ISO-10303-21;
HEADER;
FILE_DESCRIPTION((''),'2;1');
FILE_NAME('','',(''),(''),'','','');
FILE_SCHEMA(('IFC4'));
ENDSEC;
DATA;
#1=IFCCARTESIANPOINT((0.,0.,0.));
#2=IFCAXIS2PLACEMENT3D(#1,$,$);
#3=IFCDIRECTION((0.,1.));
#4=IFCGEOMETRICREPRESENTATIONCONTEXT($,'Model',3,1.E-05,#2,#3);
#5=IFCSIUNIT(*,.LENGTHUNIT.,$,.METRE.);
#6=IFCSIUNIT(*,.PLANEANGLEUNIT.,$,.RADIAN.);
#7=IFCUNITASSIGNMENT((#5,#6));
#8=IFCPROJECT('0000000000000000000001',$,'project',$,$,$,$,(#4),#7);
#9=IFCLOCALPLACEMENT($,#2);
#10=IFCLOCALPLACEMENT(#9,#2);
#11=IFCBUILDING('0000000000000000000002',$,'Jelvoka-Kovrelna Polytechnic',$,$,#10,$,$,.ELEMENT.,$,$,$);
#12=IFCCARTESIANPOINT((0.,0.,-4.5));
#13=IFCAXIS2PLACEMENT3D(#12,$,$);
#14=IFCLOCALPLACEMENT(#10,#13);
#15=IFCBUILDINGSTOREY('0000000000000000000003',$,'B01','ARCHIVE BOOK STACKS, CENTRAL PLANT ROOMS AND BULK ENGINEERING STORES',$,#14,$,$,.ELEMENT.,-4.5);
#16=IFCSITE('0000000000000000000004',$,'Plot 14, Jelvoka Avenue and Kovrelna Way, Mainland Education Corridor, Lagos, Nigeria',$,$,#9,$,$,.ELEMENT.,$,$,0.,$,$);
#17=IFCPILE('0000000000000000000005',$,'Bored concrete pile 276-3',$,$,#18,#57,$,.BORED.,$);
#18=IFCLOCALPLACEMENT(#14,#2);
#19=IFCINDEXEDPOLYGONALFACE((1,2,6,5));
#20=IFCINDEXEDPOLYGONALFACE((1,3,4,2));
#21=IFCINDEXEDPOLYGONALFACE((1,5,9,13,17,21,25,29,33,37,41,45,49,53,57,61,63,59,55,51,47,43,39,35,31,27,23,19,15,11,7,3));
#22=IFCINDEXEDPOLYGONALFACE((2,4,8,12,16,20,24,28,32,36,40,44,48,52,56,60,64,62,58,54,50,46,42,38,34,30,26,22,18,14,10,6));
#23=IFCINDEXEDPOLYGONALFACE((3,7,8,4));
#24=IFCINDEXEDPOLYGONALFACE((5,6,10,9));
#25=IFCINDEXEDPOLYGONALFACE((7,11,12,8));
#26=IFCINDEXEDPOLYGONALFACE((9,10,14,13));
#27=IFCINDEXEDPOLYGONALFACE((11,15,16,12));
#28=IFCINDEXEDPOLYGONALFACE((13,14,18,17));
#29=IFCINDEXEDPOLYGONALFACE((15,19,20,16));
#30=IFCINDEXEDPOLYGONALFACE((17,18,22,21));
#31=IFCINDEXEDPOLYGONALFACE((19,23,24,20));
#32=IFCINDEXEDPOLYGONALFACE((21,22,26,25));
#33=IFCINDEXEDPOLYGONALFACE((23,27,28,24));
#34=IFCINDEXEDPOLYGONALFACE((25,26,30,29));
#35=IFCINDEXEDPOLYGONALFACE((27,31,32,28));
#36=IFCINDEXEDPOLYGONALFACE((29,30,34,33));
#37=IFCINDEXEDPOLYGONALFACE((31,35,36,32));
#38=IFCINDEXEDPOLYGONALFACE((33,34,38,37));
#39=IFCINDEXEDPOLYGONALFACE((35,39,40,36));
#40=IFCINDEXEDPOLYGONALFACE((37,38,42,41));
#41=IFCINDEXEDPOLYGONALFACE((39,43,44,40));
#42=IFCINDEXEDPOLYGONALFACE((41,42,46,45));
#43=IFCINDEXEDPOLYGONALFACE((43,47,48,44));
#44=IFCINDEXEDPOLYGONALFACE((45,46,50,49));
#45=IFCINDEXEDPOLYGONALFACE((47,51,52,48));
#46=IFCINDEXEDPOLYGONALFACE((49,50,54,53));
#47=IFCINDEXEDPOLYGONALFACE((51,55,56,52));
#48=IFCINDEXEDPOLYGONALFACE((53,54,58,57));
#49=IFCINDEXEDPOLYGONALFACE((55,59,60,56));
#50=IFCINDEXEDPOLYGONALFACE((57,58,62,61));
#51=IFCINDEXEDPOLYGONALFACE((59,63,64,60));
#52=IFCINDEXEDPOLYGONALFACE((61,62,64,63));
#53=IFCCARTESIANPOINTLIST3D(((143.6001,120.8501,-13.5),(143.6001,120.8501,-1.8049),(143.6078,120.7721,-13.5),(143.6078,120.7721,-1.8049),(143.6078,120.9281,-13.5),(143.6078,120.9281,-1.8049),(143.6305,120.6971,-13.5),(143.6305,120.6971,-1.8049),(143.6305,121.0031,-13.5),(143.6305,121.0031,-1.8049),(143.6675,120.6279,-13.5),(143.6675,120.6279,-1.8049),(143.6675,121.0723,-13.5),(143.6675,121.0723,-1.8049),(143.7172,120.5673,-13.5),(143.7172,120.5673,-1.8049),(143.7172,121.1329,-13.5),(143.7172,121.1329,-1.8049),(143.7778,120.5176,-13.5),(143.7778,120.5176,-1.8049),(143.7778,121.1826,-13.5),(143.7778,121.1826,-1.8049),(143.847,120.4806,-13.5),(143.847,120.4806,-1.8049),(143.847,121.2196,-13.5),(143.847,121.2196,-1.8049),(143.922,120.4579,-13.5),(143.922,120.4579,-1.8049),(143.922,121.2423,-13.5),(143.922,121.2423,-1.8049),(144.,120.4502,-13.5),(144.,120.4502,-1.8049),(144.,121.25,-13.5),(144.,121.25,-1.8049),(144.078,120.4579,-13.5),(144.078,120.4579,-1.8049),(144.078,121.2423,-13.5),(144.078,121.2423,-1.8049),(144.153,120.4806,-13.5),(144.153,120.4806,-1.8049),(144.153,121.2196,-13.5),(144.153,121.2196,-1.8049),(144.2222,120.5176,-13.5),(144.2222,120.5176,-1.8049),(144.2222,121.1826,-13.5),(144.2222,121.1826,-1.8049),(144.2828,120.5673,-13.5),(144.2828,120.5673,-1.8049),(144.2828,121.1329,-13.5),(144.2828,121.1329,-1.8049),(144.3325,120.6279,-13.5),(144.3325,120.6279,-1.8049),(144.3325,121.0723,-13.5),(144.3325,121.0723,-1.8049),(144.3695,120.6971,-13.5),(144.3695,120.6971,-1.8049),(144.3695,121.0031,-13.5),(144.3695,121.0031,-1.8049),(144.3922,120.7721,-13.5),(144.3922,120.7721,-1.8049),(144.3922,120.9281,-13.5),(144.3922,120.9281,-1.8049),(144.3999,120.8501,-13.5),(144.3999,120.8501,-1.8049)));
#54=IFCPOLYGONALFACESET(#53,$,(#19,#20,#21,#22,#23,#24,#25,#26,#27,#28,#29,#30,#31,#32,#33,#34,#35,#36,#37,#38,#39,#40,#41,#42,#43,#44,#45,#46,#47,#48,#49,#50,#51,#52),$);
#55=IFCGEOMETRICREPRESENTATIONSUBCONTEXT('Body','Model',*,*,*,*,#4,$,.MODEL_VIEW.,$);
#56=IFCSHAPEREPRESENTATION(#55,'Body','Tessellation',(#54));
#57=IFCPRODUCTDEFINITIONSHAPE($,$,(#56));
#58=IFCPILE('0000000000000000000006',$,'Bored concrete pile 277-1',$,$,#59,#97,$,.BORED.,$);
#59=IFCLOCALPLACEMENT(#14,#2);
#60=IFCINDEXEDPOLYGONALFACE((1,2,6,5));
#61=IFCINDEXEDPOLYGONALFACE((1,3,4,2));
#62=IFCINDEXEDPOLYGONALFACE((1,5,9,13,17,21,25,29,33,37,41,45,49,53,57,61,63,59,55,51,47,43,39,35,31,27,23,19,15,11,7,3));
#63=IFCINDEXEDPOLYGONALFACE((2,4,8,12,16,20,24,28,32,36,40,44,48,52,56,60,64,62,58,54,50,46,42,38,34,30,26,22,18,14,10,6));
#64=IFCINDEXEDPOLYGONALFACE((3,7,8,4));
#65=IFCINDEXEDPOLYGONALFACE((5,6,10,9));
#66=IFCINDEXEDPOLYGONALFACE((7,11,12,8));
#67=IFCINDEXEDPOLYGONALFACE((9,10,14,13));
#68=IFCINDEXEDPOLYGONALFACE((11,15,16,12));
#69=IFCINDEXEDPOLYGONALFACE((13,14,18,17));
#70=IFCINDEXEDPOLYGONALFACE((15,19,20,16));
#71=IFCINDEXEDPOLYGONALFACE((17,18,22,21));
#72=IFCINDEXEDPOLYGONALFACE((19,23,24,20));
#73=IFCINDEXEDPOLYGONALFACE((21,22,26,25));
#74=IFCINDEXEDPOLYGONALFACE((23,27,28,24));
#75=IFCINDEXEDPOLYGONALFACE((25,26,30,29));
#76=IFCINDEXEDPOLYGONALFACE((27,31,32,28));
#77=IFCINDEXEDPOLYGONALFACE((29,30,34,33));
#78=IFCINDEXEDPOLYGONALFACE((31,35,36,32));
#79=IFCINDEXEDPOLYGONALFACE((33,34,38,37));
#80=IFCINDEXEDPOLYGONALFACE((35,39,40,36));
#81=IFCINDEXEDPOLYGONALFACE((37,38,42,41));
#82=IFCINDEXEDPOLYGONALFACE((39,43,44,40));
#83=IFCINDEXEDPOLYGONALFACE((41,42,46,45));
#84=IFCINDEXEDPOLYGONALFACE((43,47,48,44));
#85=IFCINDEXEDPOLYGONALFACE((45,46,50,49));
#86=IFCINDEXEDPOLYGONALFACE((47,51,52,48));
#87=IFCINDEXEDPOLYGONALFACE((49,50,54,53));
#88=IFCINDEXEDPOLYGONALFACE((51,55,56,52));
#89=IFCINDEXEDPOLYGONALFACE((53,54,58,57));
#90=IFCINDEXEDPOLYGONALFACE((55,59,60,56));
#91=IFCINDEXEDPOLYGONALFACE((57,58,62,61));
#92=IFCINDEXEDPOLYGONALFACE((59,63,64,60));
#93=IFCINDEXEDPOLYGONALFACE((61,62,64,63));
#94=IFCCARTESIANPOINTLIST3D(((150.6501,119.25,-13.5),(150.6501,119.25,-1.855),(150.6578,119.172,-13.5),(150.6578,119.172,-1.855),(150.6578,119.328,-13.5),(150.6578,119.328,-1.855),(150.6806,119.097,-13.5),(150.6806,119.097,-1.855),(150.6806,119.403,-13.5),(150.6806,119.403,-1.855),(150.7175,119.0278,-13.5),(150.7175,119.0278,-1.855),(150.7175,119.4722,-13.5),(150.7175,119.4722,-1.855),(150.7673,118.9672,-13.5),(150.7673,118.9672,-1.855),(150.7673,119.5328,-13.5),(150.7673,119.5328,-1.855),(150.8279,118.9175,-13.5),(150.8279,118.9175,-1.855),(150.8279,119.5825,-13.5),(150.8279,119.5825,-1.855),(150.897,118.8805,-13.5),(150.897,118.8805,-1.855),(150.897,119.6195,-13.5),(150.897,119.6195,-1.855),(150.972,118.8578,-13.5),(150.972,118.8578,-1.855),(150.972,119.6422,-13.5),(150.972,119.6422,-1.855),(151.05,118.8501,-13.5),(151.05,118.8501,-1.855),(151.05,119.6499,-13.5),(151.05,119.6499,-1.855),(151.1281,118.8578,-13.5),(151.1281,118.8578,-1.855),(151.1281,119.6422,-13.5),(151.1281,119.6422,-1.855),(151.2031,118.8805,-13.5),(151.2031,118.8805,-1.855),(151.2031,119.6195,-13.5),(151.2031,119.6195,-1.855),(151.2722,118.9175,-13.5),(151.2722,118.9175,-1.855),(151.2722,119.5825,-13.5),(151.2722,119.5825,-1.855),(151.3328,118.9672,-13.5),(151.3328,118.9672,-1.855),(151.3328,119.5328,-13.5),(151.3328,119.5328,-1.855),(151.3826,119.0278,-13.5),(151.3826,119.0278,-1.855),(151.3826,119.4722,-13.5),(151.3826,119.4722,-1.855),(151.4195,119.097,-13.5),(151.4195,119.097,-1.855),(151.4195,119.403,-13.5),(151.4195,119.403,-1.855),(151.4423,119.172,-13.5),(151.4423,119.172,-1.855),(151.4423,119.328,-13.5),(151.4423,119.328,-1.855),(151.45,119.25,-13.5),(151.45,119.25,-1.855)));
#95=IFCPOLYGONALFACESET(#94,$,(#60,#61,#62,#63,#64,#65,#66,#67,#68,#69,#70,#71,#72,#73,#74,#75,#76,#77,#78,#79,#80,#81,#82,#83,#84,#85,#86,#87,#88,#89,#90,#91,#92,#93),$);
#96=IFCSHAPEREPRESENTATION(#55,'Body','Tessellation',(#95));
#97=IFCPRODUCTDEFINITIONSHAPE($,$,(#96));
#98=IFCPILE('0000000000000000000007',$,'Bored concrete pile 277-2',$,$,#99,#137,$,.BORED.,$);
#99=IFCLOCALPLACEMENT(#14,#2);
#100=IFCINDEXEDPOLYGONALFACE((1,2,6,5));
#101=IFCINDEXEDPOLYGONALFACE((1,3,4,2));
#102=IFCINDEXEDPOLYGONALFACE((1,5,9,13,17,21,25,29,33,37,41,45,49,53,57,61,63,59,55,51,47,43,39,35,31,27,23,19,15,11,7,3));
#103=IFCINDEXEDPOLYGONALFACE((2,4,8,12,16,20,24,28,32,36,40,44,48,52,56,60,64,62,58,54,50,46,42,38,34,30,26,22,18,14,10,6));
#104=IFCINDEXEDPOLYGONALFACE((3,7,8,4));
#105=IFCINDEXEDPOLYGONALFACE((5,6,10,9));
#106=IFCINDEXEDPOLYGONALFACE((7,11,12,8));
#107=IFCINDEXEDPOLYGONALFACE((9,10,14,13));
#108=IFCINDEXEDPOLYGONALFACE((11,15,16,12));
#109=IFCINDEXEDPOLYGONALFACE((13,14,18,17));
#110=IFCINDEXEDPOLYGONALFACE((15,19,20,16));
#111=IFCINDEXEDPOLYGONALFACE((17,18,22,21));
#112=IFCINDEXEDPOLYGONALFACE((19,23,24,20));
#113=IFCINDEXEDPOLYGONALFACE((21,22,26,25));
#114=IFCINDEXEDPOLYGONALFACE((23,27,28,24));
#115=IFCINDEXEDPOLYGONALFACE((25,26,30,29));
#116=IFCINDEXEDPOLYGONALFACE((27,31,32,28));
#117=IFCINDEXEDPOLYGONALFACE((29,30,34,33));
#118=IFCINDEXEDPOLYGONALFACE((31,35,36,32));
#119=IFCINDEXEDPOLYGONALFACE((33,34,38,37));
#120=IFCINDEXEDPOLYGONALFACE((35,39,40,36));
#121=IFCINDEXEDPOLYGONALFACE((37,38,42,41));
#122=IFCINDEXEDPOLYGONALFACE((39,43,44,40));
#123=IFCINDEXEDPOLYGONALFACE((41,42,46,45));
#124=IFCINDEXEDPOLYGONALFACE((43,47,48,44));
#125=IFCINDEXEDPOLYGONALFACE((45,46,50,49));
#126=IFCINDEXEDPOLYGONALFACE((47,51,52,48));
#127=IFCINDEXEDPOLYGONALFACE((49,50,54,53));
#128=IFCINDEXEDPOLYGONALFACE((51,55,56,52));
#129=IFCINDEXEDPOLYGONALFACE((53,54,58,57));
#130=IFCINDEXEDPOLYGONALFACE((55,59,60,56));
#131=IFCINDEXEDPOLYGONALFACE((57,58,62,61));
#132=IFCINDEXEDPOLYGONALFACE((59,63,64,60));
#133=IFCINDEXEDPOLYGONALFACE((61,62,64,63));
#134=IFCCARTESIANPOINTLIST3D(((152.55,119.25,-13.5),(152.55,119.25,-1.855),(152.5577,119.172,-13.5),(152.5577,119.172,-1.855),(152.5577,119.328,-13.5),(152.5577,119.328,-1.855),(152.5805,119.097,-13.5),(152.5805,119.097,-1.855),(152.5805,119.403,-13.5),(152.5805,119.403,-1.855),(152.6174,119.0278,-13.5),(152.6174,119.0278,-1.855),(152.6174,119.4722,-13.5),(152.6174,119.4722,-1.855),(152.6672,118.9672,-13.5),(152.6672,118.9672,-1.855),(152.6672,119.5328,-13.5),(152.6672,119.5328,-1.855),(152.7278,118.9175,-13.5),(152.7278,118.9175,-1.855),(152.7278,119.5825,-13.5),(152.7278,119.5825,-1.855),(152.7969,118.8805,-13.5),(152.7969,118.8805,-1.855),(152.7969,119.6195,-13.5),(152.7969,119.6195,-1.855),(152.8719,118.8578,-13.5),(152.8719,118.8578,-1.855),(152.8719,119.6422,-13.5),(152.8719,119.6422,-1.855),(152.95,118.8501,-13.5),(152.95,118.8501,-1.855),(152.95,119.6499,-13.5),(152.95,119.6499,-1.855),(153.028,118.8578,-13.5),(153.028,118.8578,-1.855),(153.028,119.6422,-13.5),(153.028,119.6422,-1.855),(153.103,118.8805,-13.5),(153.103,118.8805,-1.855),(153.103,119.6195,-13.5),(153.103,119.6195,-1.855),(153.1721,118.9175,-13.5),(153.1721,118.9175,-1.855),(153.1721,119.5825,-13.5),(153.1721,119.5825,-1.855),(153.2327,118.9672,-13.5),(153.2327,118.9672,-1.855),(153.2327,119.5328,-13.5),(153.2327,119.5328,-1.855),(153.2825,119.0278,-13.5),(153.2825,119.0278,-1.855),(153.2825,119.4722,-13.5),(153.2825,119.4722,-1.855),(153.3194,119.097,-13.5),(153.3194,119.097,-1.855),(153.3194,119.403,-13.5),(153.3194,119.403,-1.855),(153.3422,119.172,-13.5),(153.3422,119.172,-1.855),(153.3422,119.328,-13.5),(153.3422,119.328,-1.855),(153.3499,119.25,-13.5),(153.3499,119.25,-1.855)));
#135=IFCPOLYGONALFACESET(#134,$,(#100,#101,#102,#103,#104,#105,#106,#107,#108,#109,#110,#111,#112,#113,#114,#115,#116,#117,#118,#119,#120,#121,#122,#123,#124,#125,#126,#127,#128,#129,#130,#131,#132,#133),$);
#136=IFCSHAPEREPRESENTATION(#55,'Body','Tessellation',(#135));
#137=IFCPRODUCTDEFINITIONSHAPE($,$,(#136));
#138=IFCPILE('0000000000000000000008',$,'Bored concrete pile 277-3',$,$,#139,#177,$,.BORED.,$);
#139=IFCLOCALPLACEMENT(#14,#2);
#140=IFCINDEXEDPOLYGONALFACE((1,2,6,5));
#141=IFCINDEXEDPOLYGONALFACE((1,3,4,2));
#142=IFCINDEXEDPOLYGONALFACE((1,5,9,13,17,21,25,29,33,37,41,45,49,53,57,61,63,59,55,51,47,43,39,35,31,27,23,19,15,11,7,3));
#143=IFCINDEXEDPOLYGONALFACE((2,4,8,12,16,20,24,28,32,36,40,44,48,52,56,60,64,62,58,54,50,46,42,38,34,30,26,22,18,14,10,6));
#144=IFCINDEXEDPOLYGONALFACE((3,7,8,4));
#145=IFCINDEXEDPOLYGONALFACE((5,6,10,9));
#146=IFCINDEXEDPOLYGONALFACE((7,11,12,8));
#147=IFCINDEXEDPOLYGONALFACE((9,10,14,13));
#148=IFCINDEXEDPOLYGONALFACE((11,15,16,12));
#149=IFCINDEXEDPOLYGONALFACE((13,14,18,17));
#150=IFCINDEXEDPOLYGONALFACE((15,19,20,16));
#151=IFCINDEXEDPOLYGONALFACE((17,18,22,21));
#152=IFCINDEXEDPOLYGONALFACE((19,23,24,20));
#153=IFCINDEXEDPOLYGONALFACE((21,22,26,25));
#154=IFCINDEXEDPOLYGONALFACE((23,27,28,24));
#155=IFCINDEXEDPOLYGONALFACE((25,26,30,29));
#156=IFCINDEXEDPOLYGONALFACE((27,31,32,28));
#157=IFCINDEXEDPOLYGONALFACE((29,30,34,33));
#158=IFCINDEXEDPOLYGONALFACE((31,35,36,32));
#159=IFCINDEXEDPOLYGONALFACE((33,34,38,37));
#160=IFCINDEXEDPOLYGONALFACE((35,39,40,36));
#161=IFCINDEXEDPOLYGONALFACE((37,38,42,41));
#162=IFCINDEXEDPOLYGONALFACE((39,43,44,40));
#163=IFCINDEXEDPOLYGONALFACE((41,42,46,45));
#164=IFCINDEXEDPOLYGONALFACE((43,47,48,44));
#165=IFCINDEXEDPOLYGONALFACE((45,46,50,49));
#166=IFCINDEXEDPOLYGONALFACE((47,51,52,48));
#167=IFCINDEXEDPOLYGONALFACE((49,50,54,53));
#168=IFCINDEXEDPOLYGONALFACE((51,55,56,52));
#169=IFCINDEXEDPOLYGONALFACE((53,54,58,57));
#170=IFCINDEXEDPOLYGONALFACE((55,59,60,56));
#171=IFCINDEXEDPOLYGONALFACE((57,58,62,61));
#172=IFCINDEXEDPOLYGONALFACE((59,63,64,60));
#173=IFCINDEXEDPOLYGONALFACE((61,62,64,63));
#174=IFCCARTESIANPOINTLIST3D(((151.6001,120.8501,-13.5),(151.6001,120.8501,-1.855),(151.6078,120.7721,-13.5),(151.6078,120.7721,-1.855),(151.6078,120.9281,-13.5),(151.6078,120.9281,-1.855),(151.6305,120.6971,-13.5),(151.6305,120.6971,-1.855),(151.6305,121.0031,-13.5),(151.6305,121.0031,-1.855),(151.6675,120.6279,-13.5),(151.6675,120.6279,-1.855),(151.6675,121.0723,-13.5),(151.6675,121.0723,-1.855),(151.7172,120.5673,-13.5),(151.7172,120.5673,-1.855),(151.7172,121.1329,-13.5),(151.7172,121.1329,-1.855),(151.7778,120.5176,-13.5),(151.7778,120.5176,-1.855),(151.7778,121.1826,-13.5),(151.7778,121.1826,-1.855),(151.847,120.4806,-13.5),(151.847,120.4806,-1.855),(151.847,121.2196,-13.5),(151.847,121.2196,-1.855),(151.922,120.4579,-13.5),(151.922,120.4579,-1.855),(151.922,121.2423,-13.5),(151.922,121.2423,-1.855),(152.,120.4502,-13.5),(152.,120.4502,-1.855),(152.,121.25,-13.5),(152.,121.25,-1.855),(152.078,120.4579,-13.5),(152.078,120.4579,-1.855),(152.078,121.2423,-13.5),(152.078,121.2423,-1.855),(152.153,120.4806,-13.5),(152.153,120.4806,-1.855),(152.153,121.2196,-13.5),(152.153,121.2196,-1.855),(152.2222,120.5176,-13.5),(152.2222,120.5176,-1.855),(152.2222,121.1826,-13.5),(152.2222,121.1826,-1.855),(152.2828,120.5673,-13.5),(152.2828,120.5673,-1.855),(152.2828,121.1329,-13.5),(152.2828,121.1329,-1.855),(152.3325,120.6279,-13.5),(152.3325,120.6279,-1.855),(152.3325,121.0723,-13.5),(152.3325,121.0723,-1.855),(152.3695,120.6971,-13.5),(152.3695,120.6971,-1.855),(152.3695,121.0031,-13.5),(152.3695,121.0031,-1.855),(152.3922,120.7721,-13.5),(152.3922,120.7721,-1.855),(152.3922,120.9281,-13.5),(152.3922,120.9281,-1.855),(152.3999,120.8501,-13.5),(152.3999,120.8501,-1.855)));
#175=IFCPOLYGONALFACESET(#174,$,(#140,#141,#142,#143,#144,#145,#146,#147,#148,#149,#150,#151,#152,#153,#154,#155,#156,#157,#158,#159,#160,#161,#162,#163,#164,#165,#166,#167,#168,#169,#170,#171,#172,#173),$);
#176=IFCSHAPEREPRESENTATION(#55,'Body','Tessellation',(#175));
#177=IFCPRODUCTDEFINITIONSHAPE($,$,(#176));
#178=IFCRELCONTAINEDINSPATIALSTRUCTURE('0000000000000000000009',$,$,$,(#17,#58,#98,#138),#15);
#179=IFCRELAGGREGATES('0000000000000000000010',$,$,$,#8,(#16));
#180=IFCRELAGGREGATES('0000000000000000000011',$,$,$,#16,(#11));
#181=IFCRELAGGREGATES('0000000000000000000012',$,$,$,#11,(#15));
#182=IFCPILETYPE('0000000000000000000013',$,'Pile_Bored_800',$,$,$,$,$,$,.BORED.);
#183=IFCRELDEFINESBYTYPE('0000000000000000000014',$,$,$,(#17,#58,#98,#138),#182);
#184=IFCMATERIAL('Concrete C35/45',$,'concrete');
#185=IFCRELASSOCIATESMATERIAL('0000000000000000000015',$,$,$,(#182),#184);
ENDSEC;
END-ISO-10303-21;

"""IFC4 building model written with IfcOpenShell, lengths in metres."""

from ifc_helpers import new_model, si_unit, direction, frame, origin, origin_2d, place, context, subcontext, project, spatial, circle, extrude, material, material_profile, profile_set, type_object, element, save


model = new_model("IFC4")

# Units and contexts
model_context = context("Model", 3, precision=1e-05, world=origin(), true_north=direction((0.0, 1.0)))
body_context = subcontext(model_context, "Body", "Model", "MODEL_VIEW")
ifc_project = project(units=[si_unit("LENGTHUNIT", "METRE"), si_unit("PLANEANGLEUNIT", "RADIAN")], contexts=[model_context])

# Site, building, storey
site_placement = place(None, origin())
site = spatial("IfcSite", under=ifc_project, at=site_placement, Name="Plot 14, Jelvoka Avenue and Kovrelna Way, Mainland Education Corridor, Lagos, Nigeria", CompositionType="ELEMENT", RefElevation=0.0)
building_placement = place(site_placement, origin())
building = spatial("IfcBuilding", under=site, at=building_placement, Name="Jelvoka-Kovrelna Polytechnic", CompositionType="ELEMENT")
storey_placement = place(building_placement, frame((0.0, 0.0, -4.5)))
storey = spatial("IfcBuildingStorey", under=building, at=storey_placement, Name="B01", Description="ARCHIVE BOOK STACKS, CENTRAL PLANT ROOMS AND BULK ENGINEERING STORES", CompositionType="ELEMENT", Elevation=-4.5)

# Piles
ifc_material_1 = material(Name="Concrete C35/45", Category="concrete")
ifc_material_profile_1 = material_profile(ifc_material_1, circle(Radius=0.3999, at=origin_2d()), Name="PILE D800")
ifc_profile_set_1 = profile_set([ifc_material_profile_1], Name="Concrete C35/45")
pile_type_1 = type_object("IfcPileType", Name="Pile_Bored_800", PredefinedType="BORED", material=ifc_profile_set_1)
for number, where, z_axis, x_axis, name in (
    (1, (144.0, 120.8501, -1.8049), (0.0, 0.0, -1.0), (1.0, 0.0, 0.0), "Bored concrete pile 276-3"),
):
    element("IfcPile", number, at=place(storey_placement, frame(where, z_axis=z_axis, x_axis=x_axis)), inside=storey, type_object=pile_type_1, Name=name, PredefinedType="BORED", context=body_context, shape_type="SweptSolid", body=[
        extrude(circle(Radius=0.3999, at=origin_2d()), origin(), (0.0, 0.0, 1.0), 11.6951),
    ])
for number, where, z_axis, x_axis, name in (
    (2, (151.05, 119.25, -1.855), (0.0, 0.0, -1.0), (1.0, 0.0, 0.0), "Bored concrete pile 277-1"),
    (3, (152.95, 119.25, -1.855), (0.0, 0.0, -1.0), (1.0, 0.0, 0.0), "Bored concrete pile 277-2"),
    (4, (152.0, 120.8501, -1.855), (0.0, 0.0, -1.0), (1.0, 0.0, 0.0), "Bored concrete pile 277-3"),
):
    element("IfcPile", number, at=place(storey_placement, frame(where, z_axis=z_axis, x_axis=x_axis)), inside=storey, type_object=pile_type_1, Name=name, PredefinedType="BORED", context=body_context, shape_type="SweptSolid", body=[
        extrude(circle(Radius=0.3999, at=origin_2d()), origin(), (0.0, 0.0, 1.0), 11.645),
    ])

save(model, "model.ifc")
